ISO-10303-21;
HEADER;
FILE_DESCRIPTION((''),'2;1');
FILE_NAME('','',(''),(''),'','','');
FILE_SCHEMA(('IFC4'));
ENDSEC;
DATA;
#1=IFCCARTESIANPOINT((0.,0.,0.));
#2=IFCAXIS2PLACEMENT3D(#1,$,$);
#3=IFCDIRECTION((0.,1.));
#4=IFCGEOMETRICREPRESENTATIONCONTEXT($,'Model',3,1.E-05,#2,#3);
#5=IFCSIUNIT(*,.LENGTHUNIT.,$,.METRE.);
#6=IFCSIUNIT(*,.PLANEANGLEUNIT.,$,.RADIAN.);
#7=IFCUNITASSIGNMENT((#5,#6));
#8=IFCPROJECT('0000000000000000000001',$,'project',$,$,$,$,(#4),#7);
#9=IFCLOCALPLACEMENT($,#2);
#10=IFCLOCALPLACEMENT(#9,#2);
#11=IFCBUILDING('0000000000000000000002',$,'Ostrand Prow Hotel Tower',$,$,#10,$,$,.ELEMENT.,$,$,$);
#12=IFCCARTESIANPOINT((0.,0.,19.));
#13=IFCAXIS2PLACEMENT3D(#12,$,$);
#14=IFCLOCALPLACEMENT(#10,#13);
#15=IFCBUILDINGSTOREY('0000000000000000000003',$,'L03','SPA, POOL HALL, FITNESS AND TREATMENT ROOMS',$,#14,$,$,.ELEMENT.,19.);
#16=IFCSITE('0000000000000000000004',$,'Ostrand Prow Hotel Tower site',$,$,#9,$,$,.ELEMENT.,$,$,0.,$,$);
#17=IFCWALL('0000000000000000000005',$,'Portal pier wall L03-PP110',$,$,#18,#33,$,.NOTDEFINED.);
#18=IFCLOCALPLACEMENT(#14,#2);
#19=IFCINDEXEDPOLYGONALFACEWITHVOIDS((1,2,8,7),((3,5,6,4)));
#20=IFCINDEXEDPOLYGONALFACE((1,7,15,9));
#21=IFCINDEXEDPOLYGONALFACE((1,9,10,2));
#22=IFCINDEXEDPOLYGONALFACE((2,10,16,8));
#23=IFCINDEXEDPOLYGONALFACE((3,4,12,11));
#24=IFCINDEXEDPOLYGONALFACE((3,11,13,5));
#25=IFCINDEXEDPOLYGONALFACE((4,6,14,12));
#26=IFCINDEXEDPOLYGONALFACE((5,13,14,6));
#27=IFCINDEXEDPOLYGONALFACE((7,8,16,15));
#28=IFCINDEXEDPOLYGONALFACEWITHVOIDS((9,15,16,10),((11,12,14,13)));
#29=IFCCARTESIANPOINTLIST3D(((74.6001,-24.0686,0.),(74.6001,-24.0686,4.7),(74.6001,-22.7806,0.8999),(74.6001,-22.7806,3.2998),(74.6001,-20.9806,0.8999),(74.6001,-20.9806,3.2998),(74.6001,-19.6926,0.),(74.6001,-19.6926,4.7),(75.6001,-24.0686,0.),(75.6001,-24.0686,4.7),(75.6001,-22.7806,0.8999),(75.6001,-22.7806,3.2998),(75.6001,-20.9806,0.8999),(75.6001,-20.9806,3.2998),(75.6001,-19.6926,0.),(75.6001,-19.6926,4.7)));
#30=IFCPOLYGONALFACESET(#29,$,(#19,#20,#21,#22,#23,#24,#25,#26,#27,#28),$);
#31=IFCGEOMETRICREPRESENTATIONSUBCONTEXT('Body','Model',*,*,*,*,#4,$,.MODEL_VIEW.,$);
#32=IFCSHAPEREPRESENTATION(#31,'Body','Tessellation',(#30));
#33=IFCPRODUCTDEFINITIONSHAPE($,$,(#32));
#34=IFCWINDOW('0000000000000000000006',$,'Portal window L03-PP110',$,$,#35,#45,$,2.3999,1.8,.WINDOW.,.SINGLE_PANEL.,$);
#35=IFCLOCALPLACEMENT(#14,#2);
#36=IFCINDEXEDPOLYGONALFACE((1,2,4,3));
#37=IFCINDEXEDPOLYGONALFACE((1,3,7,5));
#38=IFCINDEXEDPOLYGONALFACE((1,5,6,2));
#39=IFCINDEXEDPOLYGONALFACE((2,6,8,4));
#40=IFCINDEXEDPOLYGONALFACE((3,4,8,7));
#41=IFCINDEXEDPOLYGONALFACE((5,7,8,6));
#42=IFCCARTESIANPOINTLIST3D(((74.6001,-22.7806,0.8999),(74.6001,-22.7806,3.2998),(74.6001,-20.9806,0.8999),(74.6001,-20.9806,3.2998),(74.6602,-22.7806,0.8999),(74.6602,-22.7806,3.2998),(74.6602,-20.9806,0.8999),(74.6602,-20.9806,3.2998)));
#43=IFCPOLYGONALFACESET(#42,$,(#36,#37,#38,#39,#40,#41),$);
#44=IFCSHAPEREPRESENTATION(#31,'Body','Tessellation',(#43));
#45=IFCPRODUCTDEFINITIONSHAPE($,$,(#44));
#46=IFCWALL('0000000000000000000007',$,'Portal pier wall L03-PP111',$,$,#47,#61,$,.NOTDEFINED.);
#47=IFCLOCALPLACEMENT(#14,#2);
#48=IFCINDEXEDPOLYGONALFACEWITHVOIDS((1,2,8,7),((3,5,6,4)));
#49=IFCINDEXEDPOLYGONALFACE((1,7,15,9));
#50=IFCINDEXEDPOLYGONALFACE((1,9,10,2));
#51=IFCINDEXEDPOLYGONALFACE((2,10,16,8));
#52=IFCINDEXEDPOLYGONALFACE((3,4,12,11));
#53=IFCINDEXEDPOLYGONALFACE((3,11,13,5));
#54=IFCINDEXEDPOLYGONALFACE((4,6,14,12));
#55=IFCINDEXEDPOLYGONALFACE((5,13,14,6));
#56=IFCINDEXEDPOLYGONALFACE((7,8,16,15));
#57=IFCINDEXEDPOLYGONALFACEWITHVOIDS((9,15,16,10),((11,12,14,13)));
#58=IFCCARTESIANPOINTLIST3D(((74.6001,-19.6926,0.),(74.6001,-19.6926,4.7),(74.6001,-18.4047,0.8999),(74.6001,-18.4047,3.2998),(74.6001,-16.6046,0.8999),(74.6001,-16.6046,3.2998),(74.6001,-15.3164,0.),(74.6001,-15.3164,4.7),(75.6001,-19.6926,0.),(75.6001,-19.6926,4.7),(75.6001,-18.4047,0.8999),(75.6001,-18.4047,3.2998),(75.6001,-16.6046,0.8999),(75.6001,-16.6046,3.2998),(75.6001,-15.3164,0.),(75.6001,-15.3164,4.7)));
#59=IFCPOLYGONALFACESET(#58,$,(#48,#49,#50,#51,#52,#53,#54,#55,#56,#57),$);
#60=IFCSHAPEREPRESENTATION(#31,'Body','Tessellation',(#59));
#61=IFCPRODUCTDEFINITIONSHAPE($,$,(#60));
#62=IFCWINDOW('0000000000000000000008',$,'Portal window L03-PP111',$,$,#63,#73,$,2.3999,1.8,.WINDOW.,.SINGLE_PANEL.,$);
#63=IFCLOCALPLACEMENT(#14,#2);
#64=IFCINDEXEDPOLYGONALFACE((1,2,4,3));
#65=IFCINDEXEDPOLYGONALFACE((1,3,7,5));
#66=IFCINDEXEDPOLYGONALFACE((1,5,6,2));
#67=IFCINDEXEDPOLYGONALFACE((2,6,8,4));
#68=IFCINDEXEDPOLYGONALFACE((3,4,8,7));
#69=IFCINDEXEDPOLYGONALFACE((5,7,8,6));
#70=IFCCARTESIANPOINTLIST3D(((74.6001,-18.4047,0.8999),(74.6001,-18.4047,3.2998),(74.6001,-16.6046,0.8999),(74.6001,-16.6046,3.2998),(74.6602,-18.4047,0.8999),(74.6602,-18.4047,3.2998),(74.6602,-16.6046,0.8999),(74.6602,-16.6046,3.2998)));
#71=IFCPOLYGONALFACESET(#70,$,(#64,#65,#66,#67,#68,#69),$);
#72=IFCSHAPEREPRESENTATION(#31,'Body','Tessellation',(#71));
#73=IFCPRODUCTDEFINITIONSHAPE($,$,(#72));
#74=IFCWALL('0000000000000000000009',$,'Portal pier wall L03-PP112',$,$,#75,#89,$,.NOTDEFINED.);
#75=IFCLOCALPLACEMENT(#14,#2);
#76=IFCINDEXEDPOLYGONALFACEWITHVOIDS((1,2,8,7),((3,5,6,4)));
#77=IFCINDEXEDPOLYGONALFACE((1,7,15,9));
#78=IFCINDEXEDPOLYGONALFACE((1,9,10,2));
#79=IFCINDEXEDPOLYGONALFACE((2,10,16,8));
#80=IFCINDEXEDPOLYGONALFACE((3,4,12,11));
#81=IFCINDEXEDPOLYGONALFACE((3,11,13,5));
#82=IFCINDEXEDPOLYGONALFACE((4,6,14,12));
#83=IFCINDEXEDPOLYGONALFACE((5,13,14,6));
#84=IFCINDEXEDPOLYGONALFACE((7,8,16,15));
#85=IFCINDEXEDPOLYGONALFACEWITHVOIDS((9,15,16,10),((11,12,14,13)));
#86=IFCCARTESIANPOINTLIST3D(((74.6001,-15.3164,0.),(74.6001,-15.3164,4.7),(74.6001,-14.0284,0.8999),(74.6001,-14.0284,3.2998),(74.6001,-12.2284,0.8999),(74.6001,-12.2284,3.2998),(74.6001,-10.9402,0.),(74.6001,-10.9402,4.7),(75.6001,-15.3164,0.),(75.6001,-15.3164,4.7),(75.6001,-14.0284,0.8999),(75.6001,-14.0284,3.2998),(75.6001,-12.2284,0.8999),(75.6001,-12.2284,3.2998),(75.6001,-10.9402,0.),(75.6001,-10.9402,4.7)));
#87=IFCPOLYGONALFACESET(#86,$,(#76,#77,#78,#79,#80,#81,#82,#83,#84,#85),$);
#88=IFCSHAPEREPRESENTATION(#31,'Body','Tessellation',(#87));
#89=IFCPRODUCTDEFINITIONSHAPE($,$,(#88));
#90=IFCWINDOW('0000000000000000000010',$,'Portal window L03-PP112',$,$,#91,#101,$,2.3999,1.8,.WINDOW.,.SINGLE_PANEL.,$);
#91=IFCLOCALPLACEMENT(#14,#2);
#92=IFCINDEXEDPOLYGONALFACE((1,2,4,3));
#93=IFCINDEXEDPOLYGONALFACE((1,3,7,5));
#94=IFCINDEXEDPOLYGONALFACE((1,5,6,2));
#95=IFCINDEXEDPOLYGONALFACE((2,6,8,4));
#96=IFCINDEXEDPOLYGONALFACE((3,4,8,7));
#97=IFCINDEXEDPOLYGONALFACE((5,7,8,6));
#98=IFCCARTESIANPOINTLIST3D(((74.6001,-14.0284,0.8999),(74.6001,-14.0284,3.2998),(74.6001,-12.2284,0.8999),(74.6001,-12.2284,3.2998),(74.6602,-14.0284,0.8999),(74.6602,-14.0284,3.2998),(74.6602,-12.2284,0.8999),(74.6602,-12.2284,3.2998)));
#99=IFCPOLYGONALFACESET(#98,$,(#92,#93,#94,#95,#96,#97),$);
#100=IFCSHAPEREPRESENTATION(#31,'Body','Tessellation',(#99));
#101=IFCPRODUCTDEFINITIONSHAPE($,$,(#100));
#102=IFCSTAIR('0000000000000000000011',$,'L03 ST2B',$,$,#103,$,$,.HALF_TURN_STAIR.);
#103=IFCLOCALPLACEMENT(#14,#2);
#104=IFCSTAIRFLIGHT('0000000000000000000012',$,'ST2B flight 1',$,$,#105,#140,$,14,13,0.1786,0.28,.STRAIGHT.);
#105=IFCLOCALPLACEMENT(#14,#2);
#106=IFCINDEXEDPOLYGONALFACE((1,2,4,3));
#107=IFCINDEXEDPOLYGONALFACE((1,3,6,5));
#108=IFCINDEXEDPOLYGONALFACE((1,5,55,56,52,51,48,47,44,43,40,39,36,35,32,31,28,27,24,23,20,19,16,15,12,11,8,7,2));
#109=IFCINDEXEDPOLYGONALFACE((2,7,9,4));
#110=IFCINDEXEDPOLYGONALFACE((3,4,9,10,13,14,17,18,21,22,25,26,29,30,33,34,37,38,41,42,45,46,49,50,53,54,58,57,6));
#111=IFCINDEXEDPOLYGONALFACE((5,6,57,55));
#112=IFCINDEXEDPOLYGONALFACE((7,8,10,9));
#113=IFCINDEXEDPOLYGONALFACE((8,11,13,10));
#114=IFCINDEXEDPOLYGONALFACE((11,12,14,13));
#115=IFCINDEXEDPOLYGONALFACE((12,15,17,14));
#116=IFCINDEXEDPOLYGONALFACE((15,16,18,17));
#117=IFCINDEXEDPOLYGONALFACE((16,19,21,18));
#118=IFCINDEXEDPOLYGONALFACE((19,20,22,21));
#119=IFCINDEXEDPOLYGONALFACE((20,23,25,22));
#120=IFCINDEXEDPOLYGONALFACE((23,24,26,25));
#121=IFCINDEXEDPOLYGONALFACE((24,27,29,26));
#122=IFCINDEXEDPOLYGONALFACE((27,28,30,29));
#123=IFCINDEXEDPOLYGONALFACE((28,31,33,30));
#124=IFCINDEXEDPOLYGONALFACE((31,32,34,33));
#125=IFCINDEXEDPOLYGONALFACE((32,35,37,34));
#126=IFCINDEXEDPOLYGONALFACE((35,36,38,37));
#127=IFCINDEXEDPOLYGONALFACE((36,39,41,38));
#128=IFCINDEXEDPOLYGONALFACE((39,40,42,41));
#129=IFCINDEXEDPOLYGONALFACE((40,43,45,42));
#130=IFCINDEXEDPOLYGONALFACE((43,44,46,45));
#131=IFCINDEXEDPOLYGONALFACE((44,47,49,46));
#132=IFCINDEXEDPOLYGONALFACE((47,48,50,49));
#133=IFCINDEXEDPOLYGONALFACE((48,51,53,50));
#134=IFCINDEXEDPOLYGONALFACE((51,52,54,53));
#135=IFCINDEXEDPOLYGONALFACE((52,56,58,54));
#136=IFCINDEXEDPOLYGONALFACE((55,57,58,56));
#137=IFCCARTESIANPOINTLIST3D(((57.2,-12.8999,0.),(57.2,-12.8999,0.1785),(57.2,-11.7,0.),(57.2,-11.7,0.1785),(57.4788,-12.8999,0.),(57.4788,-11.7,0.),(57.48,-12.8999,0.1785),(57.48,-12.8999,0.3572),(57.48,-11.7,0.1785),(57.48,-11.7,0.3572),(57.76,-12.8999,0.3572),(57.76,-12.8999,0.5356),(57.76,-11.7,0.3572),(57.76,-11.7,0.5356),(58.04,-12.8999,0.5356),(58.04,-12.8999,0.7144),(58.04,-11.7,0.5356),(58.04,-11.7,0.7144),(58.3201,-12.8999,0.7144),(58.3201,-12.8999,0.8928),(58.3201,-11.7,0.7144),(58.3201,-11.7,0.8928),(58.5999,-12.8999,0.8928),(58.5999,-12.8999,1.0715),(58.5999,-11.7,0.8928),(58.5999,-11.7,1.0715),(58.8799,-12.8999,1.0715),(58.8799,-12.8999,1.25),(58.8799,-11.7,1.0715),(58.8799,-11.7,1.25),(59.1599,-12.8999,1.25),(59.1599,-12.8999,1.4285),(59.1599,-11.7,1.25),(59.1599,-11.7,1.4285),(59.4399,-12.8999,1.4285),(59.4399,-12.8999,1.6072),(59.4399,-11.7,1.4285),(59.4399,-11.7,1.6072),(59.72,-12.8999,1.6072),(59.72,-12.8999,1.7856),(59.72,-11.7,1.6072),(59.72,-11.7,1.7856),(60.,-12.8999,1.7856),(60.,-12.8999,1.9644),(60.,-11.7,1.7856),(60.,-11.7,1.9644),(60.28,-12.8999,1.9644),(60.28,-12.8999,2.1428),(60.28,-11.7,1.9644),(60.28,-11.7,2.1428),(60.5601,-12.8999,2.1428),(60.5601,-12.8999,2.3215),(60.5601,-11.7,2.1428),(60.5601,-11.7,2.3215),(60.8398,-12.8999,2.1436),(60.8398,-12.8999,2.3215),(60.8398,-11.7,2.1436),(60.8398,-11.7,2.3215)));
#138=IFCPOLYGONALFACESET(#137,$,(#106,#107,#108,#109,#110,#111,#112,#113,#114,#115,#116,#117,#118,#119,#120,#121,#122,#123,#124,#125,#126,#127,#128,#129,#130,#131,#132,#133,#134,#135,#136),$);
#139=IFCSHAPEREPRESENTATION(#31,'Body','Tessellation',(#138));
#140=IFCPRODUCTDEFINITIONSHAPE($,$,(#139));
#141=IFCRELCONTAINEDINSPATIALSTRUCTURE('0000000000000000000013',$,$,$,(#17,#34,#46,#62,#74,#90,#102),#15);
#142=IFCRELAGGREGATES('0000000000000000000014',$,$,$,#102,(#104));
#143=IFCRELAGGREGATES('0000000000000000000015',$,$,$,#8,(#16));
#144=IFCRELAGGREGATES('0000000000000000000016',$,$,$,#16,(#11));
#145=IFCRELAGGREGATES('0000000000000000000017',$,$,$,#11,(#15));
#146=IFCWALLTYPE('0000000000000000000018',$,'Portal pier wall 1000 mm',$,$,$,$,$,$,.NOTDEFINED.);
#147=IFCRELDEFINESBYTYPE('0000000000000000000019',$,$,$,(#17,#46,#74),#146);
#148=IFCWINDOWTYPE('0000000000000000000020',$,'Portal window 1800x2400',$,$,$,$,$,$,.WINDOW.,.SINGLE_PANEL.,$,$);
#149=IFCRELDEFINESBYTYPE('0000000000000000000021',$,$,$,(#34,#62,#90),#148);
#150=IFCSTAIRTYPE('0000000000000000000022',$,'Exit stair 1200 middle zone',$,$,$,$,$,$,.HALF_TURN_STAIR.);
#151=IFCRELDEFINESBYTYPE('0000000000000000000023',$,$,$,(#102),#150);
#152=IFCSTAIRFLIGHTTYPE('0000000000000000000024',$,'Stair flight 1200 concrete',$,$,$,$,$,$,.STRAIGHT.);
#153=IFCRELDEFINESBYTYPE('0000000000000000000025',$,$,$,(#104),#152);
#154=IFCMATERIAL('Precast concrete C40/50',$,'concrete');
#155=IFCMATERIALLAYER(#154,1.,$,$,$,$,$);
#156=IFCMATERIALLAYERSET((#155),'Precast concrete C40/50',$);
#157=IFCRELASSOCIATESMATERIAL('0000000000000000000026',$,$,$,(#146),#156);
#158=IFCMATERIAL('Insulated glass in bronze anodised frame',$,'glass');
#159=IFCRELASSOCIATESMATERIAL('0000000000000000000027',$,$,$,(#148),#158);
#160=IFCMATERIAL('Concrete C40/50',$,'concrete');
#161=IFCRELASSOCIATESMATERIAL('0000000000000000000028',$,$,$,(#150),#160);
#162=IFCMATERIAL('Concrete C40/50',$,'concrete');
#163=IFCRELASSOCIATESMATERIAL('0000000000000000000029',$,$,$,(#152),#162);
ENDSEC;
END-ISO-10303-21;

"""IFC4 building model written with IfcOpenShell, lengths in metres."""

from ifc_helpers import new_model, si_unit, direction, frame, frame_2d, origin, place, context, subcontext, project, spatial, polyline, rectangle, outline, extrude, material, layer, layer_set, type_object, element, fill, aggregate, save


model = new_model("IFC4")

# Units and contexts
model_context = context("Model", 3, precision=1e-05, world=origin(), true_north=direction((0.0, 1.0)))
body_context = subcontext(model_context, "Body", "Model", "MODEL_VIEW")
ifc_project = project(units=[si_unit("LENGTHUNIT", "METRE"), si_unit("PLANEANGLEUNIT", "RADIAN")], contexts=[model_context])

# Site, building, storey
site_placement = place(None, origin())
site = spatial("IfcSite", under=ifc_project, at=site_placement, Name="Ostrand Prow Hotel Tower site", CompositionType="ELEMENT", RefElevation=0.0)
building_placement = place(site_placement, origin())
building = spatial("IfcBuilding", under=site, at=building_placement, Name="Ostrand Prow Hotel Tower", CompositionType="ELEMENT")
storey_placement = place(building_placement, frame((0.0, 0.0, 19.0)))
storey = spatial("IfcBuildingStorey", under=building, at=storey_placement, Name="L03", Description="SPA, POOL HALL, FITNESS AND TREATMENT ROOMS", CompositionType="ELEMENT", Elevation=19.0)

# Walls, openings, windows
ifc_material_1 = material(Name="Precast concrete C40/50", Category="concrete")
ifc_layer_1 = layer(ifc_material_1, 1.0)
ifc_layer_set_1 = layer_set([ifc_layer_1], Name="Precast concrete C40/50")
wall_type_1 = type_object("IfcWallType", Name="Portal pier wall 1000 mm", PredefinedType="NOTDEFINED", material=ifc_layer_set_1)
wall_1_placement = place(storey_placement, frame((75.1001, -24.0686, 0.0), z_axis=(0.0, 0.0, 1.0), x_axis=(0.0, 1.0, 0.0)))
wall_1 = element("IfcWall", 1, at=wall_1_placement, inside=storey, type_object=wall_type_1, Name="Portal pier wall L03-PP110", PredefinedType="NOTDEFINED", context=body_context, shape_type="SweptSolid", body=[
    extrude(outline(polyline([(0.0, -0.5), (4.376, -0.5), (4.376, 0.5), (0.0, 0.5), (0.0, -0.5)])), origin(), (0.0, 0.0, 1.0), 4.7),
])
opening_1_placement = place(wall_1_placement, frame((1.2881, 0.0, 0.8999)))
opening_1 = element("IfcOpeningElement", 2, at=opening_1_placement, cuts=wall_1, PredefinedType="OPENING", context=body_context, shape_type="SweptSolid", body=[
    extrude(rectangle(XDim=1.8, YDim=2.3999, at=frame_2d((0.8999, 1.2))), frame((0.0, 0.51, 0.0), z_axis=(0.0, -1.0, 0.0), x_axis=(1.0, 0.0, 0.0)), (0.0, 0.0, 1.0), 1.02),
])
ifc_material_2 = material(Name="Insulated glass in bronze anodised frame", Category="glass")
window_type = type_object("IfcWindowType", Name="Portal window 1800x2400", PartitioningType="SINGLE_PANEL", PredefinedType="WINDOW", material=ifc_material_2)
window_1_placement = place(opening_1_placement, origin())
window_1 = element("IfcWindow", 3, at=window_1_placement, inside=storey, type_object=window_type, Name="Portal window L03-PP110", OverallHeight=2.3999, OverallWidth=1.8, PartitioningType="SINGLE_PANEL", PredefinedType="WINDOW", context=body_context, shape_type="SweptSolid", body=[
    extrude(rectangle(XDim=1.8, YDim=2.3999, at=frame_2d((0.8999, 1.2))), frame((0.0, 0.5, 0.0), z_axis=(0.0, -1.0, 0.0), x_axis=(1.0, 0.0, 0.0)), (0.0, 0.0, 1.0), 0.0601),
])
fill(opening_1, window_1)
wall_2_placement = place(storey_placement, frame((75.1001, -19.6926, 0.0), z_axis=(0.0, 0.0, 1.0), x_axis=(0.0, 1.0, 0.0)))
wall_2 = element("IfcWall", 4, at=wall_2_placement, inside=storey, type_object=wall_type_1, Name="Portal pier wall L03-PP111", PredefinedType="NOTDEFINED", context=body_context, shape_type="SweptSolid", body=[
    extrude(outline(polyline([(0.0, -0.5), (4.3762, -0.5), (4.3762, 0.5), (0.0, 0.5), (0.0, -0.5)])), origin(), (0.0, 0.0, 1.0), 4.7),
])
opening_2_placement = place(wall_2_placement, frame((1.2881, 0.0, 0.8999)))
opening_2 = element("IfcOpeningElement", 5, at=opening_2_placement, cuts=wall_2, PredefinedType="OPENING", context=body_context, shape_type="SweptSolid", body=[
    extrude(rectangle(XDim=1.8, YDim=2.3999, at=frame_2d((0.8999, 1.2))), frame((0.0, 0.51, 0.0), z_axis=(0.0, -1.0, 0.0), x_axis=(1.0, 0.0, 0.0)), (0.0, 0.0, 1.0), 1.02),
])
window_2_placement = place(opening_2_placement, origin())
window_2 = element("IfcWindow", 6, at=window_2_placement, inside=storey, type_object=window_type, Name="Portal window L03-PP111", OverallHeight=2.3999, OverallWidth=1.8, PartitioningType="SINGLE_PANEL", PredefinedType="WINDOW", context=body_context, shape_type="SweptSolid", body=[
    extrude(rectangle(XDim=1.8, YDim=2.3999, at=frame_2d((0.8999, 1.2))), frame((0.0, 0.5, 0.0), z_axis=(0.0, -1.0, 0.0), x_axis=(1.0, 0.0, 0.0)), (0.0, 0.0, 1.0), 0.0601),
])
fill(opening_2, window_2)
wall_3_placement = place(storey_placement, frame((75.1001, -15.3164, 0.0), z_axis=(0.0, 0.0, 1.0), x_axis=(0.0, 1.0, 0.0)))
wall_3 = element("IfcWall", 7, at=wall_3_placement, inside=storey, type_object=wall_type_1, Name="Portal pier wall L03-PP112", PredefinedType="NOTDEFINED", context=body_context, shape_type="SweptSolid", body=[
    extrude(outline(polyline([(0.0, -0.5), (4.3762, -0.5), (4.3762, 0.5), (0.0, 0.5), (0.0, -0.5)])), origin(), (0.0, 0.0, 1.0), 4.7),
])
opening_3_placement = place(wall_3_placement, frame((1.2881, 0.0, 0.8999)))
opening_3 = element("IfcOpeningElement", 8, at=opening_3_placement, cuts=wall_3, PredefinedType="OPENING", context=body_context, shape_type="SweptSolid", body=[
    extrude(rectangle(XDim=1.8, YDim=2.3999, at=frame_2d((0.8999, 1.2))), frame((0.0, 0.51, 0.0), z_axis=(0.0, -1.0, 0.0), x_axis=(1.0, 0.0, 0.0)), (0.0, 0.0, 1.0), 1.02),
])
window_3_placement = place(opening_3_placement, origin())
window_3 = element("IfcWindow", 9, at=window_3_placement, inside=storey, type_object=window_type, Name="Portal window L03-PP112", OverallHeight=2.3999, OverallWidth=1.8, PartitioningType="SINGLE_PANEL", PredefinedType="WINDOW", context=body_context, shape_type="SweptSolid", body=[
    extrude(rectangle(XDim=1.8, YDim=2.3999, at=frame_2d((0.8999, 1.2))), frame((0.0, 0.5, 0.0), z_axis=(0.0, -1.0, 0.0), x_axis=(1.0, 0.0, 0.0)), (0.0, 0.0, 1.0), 0.0601),
])
fill(opening_3, window_3)

# Stair, stair flight
ifc_material_3 = material(Name="Concrete C40/50", Category="concrete")
stair_type = type_object("IfcStairType", Name="Exit stair 1200 middle zone", PredefinedType="HALF_TURN_STAIR", material=ifc_material_3)
stair_placement = place(storey_placement, origin())
stair = element("IfcStair", 10, at=stair_placement, inside=storey, type_object=stair_type, Name="L03 ST2B", PredefinedType="HALF_TURN_STAIR")
ifc_material_4 = material(Name="Concrete C40/50", Category="concrete")
stair_flight_type = type_object("IfcStairFlightType", Name="Stair flight 1200 concrete", PredefinedType="STRAIGHT", material=ifc_material_4)
stair_flight_placement = place(storey_placement, frame((57.2, -12.3, 0.0), z_axis=(0.0, 0.0, 1.0), x_axis=(1.0, 0.0, 0.0)))
stair_flight = element("IfcStairFlight", 11, at=stair_flight_placement, type_object=stair_flight_type, Name="ST2B flight 1", NumberOfRisers=14, NumberOfTreads=13, PredefinedType="STRAIGHT", RiserHeight=0.1786, TreadLength=0.28, context=body_context, shape_type="SweptSolid", body=[
    extrude(outline(polyline([(0.0, 0.0), (0.0, 0.1785), (0.28, 0.1785), (0.28, 0.3572), (0.5601, 0.3572), (0.5601, 0.5356), (0.8401, 0.5356), (0.8401, 0.7144), (1.1201, 0.7144), (1.1201, 0.8928), (1.3999, 0.8928), (1.3999, 1.0715), (1.6799, 1.0715), (1.6799, 1.25), (1.96, 1.25), (1.96, 1.4285), (2.24, 1.4285), (2.24, 1.6072), (2.52, 1.6072), (2.52, 1.7856), (2.8, 1.7856), (2.8, 1.9644), (3.0801, 1.9644), (3.0801, 2.1428), (3.3601, 2.1428), (3.3601, 2.3215), (3.6399, 2.3215), (3.6399, 2.5), (3.6399, 2.1436), (0.2788, 0.0), (0.0, 0.0)])), frame((0.0, 0.6001, 0.0), z_axis=(0.0, -1.0, 0.0), x_axis=(1.0, 0.0, 0.0)), (0.0, 0.0, 1.0), 1.2),
])
aggregate(stair, [stair_flight])

save(model, "model.ifc")
